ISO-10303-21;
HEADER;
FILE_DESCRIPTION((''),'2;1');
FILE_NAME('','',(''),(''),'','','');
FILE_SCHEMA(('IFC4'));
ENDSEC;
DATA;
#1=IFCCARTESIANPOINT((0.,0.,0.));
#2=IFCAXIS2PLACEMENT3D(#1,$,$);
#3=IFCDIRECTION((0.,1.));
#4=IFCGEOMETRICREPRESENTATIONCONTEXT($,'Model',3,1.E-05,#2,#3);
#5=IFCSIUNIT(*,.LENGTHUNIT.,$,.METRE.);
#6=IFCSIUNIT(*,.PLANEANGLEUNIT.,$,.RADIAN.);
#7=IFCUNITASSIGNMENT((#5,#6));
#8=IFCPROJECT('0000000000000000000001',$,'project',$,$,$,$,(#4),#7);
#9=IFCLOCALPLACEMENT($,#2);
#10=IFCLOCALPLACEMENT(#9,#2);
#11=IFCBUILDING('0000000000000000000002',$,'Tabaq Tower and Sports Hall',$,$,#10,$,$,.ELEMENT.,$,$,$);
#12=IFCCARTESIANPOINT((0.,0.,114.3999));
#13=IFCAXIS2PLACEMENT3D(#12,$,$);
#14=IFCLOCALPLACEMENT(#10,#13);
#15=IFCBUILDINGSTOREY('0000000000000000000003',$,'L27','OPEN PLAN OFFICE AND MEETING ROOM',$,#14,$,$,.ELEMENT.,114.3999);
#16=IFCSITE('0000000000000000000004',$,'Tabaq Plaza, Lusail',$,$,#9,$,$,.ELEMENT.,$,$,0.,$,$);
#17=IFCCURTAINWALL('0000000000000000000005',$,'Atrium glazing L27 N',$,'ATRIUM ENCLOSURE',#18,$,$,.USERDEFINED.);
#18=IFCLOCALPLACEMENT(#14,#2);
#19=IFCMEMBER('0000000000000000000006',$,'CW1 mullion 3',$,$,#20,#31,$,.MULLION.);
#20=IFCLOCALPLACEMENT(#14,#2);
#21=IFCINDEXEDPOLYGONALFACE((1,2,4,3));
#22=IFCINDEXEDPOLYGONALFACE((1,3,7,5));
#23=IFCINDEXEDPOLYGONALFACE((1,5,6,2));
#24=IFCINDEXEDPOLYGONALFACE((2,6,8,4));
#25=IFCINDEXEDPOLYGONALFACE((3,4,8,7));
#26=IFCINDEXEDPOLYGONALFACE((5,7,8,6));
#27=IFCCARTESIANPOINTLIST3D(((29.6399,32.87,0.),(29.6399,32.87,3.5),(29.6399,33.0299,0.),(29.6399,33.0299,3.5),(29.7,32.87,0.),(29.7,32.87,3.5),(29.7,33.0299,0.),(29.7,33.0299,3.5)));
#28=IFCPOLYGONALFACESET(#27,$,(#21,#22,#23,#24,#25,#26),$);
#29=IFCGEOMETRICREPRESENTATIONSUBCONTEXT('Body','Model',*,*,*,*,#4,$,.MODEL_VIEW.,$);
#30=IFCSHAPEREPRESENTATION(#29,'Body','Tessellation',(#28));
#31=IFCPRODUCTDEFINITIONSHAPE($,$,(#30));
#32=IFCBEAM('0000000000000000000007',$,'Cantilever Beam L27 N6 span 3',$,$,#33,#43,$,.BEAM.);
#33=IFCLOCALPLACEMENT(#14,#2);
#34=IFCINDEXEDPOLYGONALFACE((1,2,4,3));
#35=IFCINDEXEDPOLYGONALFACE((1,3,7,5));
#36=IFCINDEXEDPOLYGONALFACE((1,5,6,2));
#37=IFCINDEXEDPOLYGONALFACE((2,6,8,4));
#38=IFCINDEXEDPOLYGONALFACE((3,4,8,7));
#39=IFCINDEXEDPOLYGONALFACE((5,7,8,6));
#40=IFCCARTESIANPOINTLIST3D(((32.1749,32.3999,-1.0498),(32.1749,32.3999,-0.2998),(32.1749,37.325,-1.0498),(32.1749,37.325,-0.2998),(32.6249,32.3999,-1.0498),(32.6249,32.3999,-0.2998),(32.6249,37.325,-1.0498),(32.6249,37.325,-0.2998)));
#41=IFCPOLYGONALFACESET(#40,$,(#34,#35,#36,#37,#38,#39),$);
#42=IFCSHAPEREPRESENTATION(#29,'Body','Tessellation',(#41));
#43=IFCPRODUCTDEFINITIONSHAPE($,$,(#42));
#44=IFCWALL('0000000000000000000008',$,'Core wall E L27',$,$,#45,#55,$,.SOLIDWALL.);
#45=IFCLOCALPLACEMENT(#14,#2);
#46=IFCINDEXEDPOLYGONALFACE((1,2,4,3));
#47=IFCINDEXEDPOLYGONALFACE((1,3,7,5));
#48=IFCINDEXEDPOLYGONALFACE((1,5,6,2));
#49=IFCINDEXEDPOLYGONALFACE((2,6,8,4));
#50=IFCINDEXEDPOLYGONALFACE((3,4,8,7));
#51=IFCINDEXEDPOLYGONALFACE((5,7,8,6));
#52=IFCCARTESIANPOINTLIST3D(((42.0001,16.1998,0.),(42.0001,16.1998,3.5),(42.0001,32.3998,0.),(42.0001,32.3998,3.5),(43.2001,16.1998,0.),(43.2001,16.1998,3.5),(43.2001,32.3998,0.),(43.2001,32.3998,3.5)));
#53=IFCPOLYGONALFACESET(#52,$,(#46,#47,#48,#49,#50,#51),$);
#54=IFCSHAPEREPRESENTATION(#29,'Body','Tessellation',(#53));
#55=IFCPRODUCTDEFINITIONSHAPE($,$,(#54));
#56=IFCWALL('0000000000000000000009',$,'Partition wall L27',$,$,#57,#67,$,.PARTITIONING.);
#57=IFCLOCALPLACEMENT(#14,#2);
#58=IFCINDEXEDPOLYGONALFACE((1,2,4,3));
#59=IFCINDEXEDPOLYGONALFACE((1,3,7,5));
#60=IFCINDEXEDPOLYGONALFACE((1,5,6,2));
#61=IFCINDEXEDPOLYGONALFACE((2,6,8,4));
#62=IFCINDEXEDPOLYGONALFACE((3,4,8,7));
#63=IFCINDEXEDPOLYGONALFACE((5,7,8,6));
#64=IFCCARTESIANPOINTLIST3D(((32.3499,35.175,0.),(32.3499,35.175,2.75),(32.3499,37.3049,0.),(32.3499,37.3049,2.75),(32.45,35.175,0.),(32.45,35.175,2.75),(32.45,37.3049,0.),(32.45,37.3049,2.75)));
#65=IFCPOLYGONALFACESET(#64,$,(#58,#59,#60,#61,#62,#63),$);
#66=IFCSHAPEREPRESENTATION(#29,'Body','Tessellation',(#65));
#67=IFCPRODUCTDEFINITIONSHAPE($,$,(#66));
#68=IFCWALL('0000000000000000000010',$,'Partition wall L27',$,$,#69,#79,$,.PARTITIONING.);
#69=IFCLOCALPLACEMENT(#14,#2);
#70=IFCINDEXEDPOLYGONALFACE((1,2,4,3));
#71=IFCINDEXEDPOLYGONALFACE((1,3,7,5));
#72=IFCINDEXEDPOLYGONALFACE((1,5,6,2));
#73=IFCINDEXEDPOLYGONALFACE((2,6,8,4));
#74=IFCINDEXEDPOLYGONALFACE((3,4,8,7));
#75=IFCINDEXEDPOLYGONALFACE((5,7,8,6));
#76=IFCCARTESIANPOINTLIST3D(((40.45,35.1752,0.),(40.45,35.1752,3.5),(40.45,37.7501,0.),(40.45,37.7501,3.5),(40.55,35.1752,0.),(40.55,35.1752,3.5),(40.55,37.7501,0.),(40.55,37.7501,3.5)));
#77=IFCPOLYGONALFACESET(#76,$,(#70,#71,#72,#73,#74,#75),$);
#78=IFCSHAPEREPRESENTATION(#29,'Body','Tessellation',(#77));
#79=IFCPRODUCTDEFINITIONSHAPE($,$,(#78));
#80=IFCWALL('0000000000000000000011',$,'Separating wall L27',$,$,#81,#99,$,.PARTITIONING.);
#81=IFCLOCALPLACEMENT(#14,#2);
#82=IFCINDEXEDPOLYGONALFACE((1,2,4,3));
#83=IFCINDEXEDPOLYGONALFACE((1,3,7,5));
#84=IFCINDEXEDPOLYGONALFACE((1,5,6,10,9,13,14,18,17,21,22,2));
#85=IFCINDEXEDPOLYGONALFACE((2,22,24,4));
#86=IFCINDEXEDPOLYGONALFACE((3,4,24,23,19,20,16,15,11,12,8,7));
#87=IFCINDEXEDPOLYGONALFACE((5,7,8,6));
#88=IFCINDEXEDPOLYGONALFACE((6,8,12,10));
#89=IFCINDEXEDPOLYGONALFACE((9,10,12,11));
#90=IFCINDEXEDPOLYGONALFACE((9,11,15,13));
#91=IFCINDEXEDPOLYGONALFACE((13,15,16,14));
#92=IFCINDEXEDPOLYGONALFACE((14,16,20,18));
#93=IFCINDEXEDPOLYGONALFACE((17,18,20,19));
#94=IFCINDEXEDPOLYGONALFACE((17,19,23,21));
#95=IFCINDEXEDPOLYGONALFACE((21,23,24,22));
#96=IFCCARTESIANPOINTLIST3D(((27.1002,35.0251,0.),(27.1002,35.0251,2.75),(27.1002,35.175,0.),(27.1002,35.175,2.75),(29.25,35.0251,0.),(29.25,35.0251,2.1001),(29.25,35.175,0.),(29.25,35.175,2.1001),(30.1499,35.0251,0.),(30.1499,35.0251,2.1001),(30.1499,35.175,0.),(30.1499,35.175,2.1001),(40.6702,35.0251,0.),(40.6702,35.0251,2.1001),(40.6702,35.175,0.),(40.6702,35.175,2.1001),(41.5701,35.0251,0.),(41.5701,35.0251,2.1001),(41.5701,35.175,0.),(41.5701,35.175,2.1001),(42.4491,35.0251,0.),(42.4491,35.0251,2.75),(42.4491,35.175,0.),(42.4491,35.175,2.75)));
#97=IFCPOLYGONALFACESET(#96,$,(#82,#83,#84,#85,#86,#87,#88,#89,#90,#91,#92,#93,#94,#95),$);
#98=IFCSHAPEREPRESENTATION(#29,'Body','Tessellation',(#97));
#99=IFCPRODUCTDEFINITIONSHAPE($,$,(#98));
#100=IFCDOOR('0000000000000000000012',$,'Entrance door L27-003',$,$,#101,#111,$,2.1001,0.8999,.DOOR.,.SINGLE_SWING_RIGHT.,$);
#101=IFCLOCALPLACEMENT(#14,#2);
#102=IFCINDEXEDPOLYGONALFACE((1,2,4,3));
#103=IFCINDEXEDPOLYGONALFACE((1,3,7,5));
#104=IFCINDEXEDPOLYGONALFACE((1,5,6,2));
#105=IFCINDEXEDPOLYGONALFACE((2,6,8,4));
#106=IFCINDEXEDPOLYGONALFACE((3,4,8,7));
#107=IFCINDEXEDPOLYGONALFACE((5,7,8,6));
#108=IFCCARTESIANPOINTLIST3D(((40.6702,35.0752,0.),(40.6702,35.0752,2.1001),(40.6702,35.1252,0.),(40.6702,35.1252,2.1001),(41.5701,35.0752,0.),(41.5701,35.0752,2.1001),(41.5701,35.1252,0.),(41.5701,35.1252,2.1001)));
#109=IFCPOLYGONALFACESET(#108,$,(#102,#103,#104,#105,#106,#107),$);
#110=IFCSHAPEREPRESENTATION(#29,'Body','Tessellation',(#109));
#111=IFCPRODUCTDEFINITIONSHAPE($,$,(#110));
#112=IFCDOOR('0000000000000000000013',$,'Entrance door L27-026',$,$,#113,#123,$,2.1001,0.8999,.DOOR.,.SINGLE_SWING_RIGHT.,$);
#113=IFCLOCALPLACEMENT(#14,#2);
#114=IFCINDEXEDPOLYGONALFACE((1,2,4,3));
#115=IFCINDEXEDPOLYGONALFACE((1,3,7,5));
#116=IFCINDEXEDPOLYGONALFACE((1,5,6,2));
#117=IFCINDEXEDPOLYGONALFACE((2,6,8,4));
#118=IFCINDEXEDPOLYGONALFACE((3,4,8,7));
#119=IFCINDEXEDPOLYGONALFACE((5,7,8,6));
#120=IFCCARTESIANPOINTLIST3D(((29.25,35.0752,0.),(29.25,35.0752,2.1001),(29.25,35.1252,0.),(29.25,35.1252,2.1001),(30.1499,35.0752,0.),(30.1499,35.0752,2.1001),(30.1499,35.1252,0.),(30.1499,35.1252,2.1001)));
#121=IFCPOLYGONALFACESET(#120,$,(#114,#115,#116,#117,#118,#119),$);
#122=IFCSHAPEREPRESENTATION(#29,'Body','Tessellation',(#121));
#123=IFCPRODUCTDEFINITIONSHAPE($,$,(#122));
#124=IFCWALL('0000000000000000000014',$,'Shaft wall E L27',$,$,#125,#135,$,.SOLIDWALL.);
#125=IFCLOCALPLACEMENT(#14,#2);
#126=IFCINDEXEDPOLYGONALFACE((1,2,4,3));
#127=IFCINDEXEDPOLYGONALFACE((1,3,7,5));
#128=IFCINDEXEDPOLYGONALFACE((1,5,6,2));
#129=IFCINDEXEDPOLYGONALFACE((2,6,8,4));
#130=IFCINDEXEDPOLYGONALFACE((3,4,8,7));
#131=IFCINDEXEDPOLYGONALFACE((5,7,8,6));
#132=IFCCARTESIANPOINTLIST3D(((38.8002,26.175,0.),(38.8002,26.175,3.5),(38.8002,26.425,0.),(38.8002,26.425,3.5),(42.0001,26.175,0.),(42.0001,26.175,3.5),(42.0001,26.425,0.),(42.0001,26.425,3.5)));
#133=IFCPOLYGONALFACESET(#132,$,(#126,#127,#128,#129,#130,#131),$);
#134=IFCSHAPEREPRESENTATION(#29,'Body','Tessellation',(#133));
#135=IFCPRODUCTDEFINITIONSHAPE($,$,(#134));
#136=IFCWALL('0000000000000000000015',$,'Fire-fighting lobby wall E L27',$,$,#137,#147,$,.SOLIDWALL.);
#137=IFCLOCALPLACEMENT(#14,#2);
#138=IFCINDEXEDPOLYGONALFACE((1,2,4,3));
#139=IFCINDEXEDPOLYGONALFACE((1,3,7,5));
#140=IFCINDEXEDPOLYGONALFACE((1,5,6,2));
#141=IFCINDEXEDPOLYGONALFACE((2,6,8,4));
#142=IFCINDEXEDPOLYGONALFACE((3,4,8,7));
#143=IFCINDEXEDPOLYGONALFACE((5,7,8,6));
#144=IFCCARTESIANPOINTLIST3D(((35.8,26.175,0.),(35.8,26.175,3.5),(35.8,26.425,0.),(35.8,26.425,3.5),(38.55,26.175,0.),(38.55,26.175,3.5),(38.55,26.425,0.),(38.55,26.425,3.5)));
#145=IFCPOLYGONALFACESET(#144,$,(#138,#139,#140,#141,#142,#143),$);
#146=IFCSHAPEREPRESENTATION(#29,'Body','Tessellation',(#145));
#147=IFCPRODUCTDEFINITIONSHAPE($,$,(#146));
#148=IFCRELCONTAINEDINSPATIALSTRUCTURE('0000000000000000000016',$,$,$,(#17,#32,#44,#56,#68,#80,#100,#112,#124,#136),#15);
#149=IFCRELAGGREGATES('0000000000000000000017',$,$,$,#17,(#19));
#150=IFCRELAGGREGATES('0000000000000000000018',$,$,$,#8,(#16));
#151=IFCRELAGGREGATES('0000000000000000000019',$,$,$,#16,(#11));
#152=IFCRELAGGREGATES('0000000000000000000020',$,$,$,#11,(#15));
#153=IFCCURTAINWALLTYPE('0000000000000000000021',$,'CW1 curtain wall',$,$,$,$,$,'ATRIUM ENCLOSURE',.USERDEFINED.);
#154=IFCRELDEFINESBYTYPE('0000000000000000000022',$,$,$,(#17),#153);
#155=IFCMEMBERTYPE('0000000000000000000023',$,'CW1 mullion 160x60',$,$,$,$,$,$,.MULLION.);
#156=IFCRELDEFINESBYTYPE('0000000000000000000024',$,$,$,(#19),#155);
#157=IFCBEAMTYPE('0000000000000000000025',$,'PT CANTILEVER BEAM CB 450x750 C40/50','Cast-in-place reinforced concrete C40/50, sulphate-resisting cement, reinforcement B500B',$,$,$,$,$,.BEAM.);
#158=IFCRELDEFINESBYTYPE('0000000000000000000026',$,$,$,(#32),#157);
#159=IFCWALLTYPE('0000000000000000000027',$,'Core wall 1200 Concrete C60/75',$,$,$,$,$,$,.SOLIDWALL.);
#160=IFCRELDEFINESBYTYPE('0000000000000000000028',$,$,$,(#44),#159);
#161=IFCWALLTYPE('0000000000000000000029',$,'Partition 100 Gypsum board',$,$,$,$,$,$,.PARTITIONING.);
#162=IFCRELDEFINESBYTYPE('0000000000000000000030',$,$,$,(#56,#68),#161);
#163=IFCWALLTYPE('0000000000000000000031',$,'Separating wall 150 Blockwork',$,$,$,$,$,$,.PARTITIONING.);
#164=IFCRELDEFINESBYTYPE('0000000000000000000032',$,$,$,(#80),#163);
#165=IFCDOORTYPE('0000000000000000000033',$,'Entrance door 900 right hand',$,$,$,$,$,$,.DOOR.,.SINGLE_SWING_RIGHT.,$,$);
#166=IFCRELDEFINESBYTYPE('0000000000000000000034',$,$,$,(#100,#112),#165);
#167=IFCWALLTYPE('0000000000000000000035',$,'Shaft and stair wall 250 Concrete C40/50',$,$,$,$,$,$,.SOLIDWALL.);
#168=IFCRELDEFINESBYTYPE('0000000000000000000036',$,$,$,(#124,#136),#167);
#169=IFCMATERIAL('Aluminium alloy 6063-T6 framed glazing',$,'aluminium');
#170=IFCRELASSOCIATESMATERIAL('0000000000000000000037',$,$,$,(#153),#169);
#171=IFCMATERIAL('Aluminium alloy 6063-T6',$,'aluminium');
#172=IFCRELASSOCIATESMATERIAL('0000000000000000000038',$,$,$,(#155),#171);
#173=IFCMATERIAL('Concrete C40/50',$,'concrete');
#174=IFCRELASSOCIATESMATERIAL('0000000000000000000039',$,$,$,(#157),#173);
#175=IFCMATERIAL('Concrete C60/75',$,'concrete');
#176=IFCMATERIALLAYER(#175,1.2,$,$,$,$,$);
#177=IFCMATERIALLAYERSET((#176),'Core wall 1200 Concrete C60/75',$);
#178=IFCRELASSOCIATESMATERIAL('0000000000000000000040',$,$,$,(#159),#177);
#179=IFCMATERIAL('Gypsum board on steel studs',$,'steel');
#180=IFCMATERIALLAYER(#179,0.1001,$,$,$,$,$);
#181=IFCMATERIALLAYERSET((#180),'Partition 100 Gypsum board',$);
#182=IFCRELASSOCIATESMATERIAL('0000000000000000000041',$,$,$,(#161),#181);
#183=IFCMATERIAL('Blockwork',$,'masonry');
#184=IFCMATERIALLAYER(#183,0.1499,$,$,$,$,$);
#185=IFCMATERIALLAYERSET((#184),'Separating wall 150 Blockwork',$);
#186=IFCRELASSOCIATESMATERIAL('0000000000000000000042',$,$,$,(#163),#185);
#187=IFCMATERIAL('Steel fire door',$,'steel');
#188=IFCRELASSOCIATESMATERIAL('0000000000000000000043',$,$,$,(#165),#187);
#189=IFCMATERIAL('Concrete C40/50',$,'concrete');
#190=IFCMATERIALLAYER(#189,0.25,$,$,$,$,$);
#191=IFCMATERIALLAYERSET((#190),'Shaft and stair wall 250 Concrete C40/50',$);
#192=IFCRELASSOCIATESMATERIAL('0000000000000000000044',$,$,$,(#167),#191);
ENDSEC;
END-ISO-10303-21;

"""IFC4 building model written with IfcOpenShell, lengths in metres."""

from ifc_helpers import new_model, si_unit, direction, frame, frame_2d, origin, origin_2d, place, context, subcontext, project, spatial, rectangle, extrude, material, layer, layer_set, material_profile, profile_set, type_object, element, fill, aggregate, save


model = new_model("IFC4")

# Units and contexts
model_context = context("Model", 3, precision=1e-05, world=origin(), true_north=direction((0.0, 1.0)))
body_context = subcontext(model_context, "Body", "Model", "MODEL_VIEW")
ifc_project = project(units=[si_unit("LENGTHUNIT", "METRE"), si_unit("PLANEANGLEUNIT", "RADIAN")], contexts=[model_context])

# Site, building, storey
site_placement = place(None, origin())
site = spatial("IfcSite", under=ifc_project, at=site_placement, Name="Tabaq Plaza, Lusail", CompositionType="ELEMENT", RefElevation=0.0)
building_placement = place(site_placement, origin())
building = spatial("IfcBuilding", under=site, at=building_placement, Name="Tabaq Tower and Sports Hall", CompositionType="ELEMENT")
storey_placement = place(building_placement, frame((0.0, 0.0, 114.3999)))
storey = spatial("IfcBuildingStorey", under=building, at=storey_placement, Name="L27", Description="OPEN PLAN OFFICE AND MEETING ROOM", CompositionType="ELEMENT", Elevation=114.3999)

# Curtain wall, member
ifc_material_1 = material(Name="Aluminium alloy 6063-T6 framed glazing", Category="aluminium")
curtain_wall_type = type_object("IfcCurtainWallType", Name="CW1 curtain wall", ElementType="ATRIUM ENCLOSURE", PredefinedType="USERDEFINED", material=ifc_material_1)
curtain_wall_placement = place(storey_placement, origin())
curtain_wall = element("IfcCurtainWall", 1, at=curtain_wall_placement, inside=storey, type_object=curtain_wall_type, Name="Atrium glazing L27 N", ObjectType="ATRIUM ENCLOSURE", PredefinedType="USERDEFINED")
ifc_material_2 = material(Name="Aluminium alloy 6063-T6", Category="aluminium")
ifc_material_profile_1 = material_profile(ifc_material_2, rectangle(XDim=0.1599, YDim=0.0601, at=origin_2d()), Name="MULLION 160x60")
ifc_profile_set_1 = profile_set([ifc_material_profile_1], Name="Aluminium alloy 6063-T6")
member_type = type_object("IfcMemberType", Name="CW1 mullion 160x60", PredefinedType="MULLION", material=ifc_profile_set_1)
member_placement = place(storey_placement, frame((29.6699, 32.95, 0.0), z_axis=(0.0, 0.0, 1.0), x_axis=(0.0, 1.0, 0.0)))
member = element("IfcMember", 2, at=member_placement, type_object=member_type, Name="CW1 mullion 3", PredefinedType="MULLION", context=body_context, shape_type="SweptSolid", body=[
    extrude(rectangle(XDim=0.1599, YDim=0.0601, at=origin_2d()), origin(), (0.0, 0.0, 1.0), 3.5),
])
aggregate(curtain_wall, [member])

# Beam
ifc_material_3 = material(Name="Concrete C40/50", Category="concrete")
ifc_material_profile_2 = material_profile(ifc_material_3, rectangle(XDim=0.45, YDim=0.75, at=origin_2d()), Name="CB 450x750")
ifc_profile_set_2 = profile_set([ifc_material_profile_2], Name="Concrete C40/50")
beam_type = type_object("IfcBeamType", Name="PT CANTILEVER BEAM CB 450x750 C40/50", Description="Cast-in-place reinforced concrete C40/50, sulphate-resisting cement, reinforcement B500B", PredefinedType="BEAM", material=ifc_profile_set_2)
beam_placement = place(storey_placement, frame((32.3999, 37.325, -0.6748), z_axis=(0.0, -1.0, 0.0), x_axis=(1.0, 0.0, 0.0)))
element("IfcBeam", 3, at=beam_placement, inside=storey, type_object=beam_type, Name="Cantilever Beam L27 N6 span 3", PredefinedType="BEAM", context=body_context, shape_type="SweptSolid", body=[
    extrude(rectangle(XDim=0.45, YDim=0.75, at=origin_2d()), origin(), (0.0, 0.0, 1.0), 4.925),
])

# Wall
ifc_material_4 = material(Name="Concrete C60/75", Category="concrete")
ifc_layer_1 = layer(ifc_material_4, 1.2)
ifc_layer_set_1 = layer_set([ifc_layer_1], Name="Core wall 1200 Concrete C60/75")
wall_type_1 = type_object("IfcWallType", Name="Core wall 1200 Concrete C60/75", PredefinedType="SOLIDWALL", material=ifc_layer_set_1)
wall_1_placement = place(storey_placement, frame((42.6001, 32.3999, 0.0), z_axis=(0.0, 0.0, 1.0), x_axis=(0.0, -1.0, 0.0)))
element("IfcWall", 4, at=wall_1_placement, inside=storey, type_object=wall_type_1, Name="Core wall E L27", PredefinedType="SOLIDWALL", context=body_context, shape_type="SweptSolid", body=[
    extrude(rectangle(XDim=16.2, YDim=1.2, at=frame_2d((8.1001, 0.0))), origin(), (0.0, 0.0, 1.0), 3.5),
])

# Walls
ifc_material_5 = material(Name="Gypsum board on steel studs", Category="steel")
ifc_layer_2 = layer(ifc_material_5, 0.1001)
ifc_layer_set_2 = layer_set([ifc_layer_2], Name="Partition 100 Gypsum board")
wall_type_2 = type_object("IfcWallType", Name="Partition 100 Gypsum board", PredefinedType="PARTITIONING", material=ifc_layer_set_2)
wall_2_placement = place(storey_placement, frame((32.3999, 35.175, 0.0), z_axis=(0.0, 0.0, 1.0), x_axis=(0.0, 1.0, 0.0)))
element("IfcWall", 5, at=wall_2_placement, inside=storey, type_object=wall_type_2, Name="Partition wall L27", PredefinedType="PARTITIONING", context=body_context, shape_type="SweptSolid", body=[
    extrude(rectangle(XDim=2.1299, YDim=0.1001, at=frame_2d((1.0649, 0.0))), origin(), (0.0, 0.0, 1.0), 2.75),
])
wall_3_placement = place(storey_placement, frame((40.5, 35.175, 0.0), z_axis=(0.0, 0.0, 1.0), x_axis=(0.0, 1.0, 0.0)))
element("IfcWall", 6, at=wall_3_placement, inside=storey, type_object=wall_type_2, Name="Partition wall L27", PredefinedType="PARTITIONING", context=body_context, shape_type="SweptSolid", body=[
    extrude(rectangle(XDim=2.575, YDim=0.1001, at=frame_2d((1.2876, 0.0))), origin(), (0.0, 0.0, 1.0), 3.5),
])

# Wall, openings, doors
ifc_material_6 = material(Name="Blockwork", Category="masonry")
ifc_layer_3 = layer(ifc_material_6, 0.1499)
ifc_layer_set_3 = layer_set([ifc_layer_3], Name="Separating wall 150 Blockwork")
wall_type_3 = type_object("IfcWallType", Name="Separating wall 150 Blockwork", PredefinedType="PARTITIONING", material=ifc_layer_set_3)
wall_4_placement = place(storey_placement, frame((42.449, 35.1001, 0.0), z_axis=(0.0, 0.0, 1.0), x_axis=(-1.0, 0.0, 0.0)))
wall_4 = element("IfcWall", 7, at=wall_4_placement, inside=storey, type_object=wall_type_3, Name="Separating wall L27", PredefinedType="PARTITIONING", context=body_context, shape_type="SweptSolid", body=[
    extrude(rectangle(XDim=15.3489, YDim=0.1499, at=frame_2d((7.6743, 0.0))), origin(), (0.0, 0.0, 1.0), 2.75),
])
opening_1_placement = place(wall_4_placement, frame((0.8789, 0.0, 0.0)))
opening_1 = element("IfcOpeningElement", 8, at=opening_1_placement, cuts=wall_4, PredefinedType="OPENING", context=body_context, shape_type="SweptSolid", body=[
    extrude(rectangle(XDim=0.8999, YDim=2.1001, at=frame_2d((0.45, 1.05))), frame((0.0, 0.075, 0.0), z_axis=(0.0, -1.0, 0.0), x_axis=(1.0, 0.0, 0.0)), (0.0, 0.0, 1.0), 0.1499),
])
opening_2_placement = place(wall_4_placement, frame((12.2991, 0.0, 0.0)))
opening_2 = element("IfcOpeningElement", 9, at=opening_2_placement, cuts=wall_4, PredefinedType="OPENING", context=body_context, shape_type="SweptSolid", body=[
    extrude(rectangle(XDim=0.8999, YDim=2.1001, at=frame_2d((0.45, 1.05))), frame((0.0, 0.075, 0.0), z_axis=(0.0, -1.0, 0.0), x_axis=(1.0, 0.0, 0.0)), (0.0, 0.0, 1.0), 0.1499),
])
ifc_material_7 = material(Name="Steel fire door", Category="steel")
door_type_1 = type_object("IfcDoorType", Name="Entrance door 900 right hand", OperationType="SINGLE_SWING_RIGHT", PredefinedType="DOOR", material=ifc_material_7)
door_1_placement = place(opening_1_placement, origin())
door_1 = element("IfcDoor", 10, at=door_1_placement, inside=storey, type_object=door_type_1, Name="Entrance door L27-003", OperationType="SINGLE_SWING_RIGHT", OverallHeight=2.1001, OverallWidth=0.8999, PredefinedType="DOOR", context=body_context, shape_type="SweptSolid", body=[
    extrude(rectangle(XDim=0.8999, YDim=2.1001, at=frame_2d((0.45, 1.05))), frame((0.0, 0.0249, 0.0), z_axis=(0.0, -1.0, 0.0), x_axis=(1.0, 0.0, 0.0)), (0.0, 0.0, 1.0), 0.05),
])
fill(opening_1, door_1)
door_2_placement = place(opening_2_placement, origin())
door_2 = element("IfcDoor", 11, at=door_2_placement, inside=storey, type_object=door_type_1, Name="Entrance door L27-026", OperationType="SINGLE_SWING_RIGHT", OverallHeight=2.1001, OverallWidth=0.8999, PredefinedType="DOOR", context=body_context, shape_type="SweptSolid", body=[
    extrude(rectangle(XDim=0.8999, YDim=2.1001, at=frame_2d((0.45, 1.05))), frame((0.0, 0.0249, 0.0), z_axis=(0.0, -1.0, 0.0), x_axis=(1.0, 0.0, 0.0)), (0.0, 0.0, 1.0), 0.05),
])
fill(opening_2, door_2)

# Walls
ifc_material_8 = material(Name="Concrete C40/50", Category="concrete")
ifc_layer_4 = layer(ifc_material_8, 0.25)
ifc_layer_set_4 = layer_set([ifc_layer_4], Name="Shaft and stair wall 250 Concrete C40/50")
wall_type_4 = type_object("IfcWallType", Name="Shaft and stair wall 250 Concrete C40/50", PredefinedType="SOLIDWALL", material=ifc_layer_set_4)
wall_5_placement = place(storey_placement, frame((38.8, 26.3, 0.0), z_axis=(0.0, 0.0, 1.0), x_axis=(1.0, 0.0, 0.0)))
element("IfcWall", 12, at=wall_5_placement, inside=storey, type_object=wall_type_4, Name="Shaft wall E L27", PredefinedType="SOLIDWALL", context=body_context, shape_type="SweptSolid", body=[
    extrude(rectangle(XDim=3.2, YDim=0.25, at=frame_2d((1.6001, 0.0))), origin(), (0.0, 0.0, 1.0), 3.5),
])
wall_6_placement = place(storey_placement, frame((35.8, 26.3, 0.0), z_axis=(0.0, 0.0, 1.0), x_axis=(1.0, 0.0, 0.0)))
element("IfcWall", 13, at=wall_6_placement, inside=storey, type_object=wall_type_4, Name="Fire-fighting lobby wall E L27", PredefinedType="SOLIDWALL", context=body_context, shape_type="SweptSolid", body=[
    extrude(rectangle(XDim=2.75, YDim=0.25, at=frame_2d((1.375, 0.0))), origin(), (0.0, 0.0, 1.0), 3.5),
])

save(model, "model.ifc")
